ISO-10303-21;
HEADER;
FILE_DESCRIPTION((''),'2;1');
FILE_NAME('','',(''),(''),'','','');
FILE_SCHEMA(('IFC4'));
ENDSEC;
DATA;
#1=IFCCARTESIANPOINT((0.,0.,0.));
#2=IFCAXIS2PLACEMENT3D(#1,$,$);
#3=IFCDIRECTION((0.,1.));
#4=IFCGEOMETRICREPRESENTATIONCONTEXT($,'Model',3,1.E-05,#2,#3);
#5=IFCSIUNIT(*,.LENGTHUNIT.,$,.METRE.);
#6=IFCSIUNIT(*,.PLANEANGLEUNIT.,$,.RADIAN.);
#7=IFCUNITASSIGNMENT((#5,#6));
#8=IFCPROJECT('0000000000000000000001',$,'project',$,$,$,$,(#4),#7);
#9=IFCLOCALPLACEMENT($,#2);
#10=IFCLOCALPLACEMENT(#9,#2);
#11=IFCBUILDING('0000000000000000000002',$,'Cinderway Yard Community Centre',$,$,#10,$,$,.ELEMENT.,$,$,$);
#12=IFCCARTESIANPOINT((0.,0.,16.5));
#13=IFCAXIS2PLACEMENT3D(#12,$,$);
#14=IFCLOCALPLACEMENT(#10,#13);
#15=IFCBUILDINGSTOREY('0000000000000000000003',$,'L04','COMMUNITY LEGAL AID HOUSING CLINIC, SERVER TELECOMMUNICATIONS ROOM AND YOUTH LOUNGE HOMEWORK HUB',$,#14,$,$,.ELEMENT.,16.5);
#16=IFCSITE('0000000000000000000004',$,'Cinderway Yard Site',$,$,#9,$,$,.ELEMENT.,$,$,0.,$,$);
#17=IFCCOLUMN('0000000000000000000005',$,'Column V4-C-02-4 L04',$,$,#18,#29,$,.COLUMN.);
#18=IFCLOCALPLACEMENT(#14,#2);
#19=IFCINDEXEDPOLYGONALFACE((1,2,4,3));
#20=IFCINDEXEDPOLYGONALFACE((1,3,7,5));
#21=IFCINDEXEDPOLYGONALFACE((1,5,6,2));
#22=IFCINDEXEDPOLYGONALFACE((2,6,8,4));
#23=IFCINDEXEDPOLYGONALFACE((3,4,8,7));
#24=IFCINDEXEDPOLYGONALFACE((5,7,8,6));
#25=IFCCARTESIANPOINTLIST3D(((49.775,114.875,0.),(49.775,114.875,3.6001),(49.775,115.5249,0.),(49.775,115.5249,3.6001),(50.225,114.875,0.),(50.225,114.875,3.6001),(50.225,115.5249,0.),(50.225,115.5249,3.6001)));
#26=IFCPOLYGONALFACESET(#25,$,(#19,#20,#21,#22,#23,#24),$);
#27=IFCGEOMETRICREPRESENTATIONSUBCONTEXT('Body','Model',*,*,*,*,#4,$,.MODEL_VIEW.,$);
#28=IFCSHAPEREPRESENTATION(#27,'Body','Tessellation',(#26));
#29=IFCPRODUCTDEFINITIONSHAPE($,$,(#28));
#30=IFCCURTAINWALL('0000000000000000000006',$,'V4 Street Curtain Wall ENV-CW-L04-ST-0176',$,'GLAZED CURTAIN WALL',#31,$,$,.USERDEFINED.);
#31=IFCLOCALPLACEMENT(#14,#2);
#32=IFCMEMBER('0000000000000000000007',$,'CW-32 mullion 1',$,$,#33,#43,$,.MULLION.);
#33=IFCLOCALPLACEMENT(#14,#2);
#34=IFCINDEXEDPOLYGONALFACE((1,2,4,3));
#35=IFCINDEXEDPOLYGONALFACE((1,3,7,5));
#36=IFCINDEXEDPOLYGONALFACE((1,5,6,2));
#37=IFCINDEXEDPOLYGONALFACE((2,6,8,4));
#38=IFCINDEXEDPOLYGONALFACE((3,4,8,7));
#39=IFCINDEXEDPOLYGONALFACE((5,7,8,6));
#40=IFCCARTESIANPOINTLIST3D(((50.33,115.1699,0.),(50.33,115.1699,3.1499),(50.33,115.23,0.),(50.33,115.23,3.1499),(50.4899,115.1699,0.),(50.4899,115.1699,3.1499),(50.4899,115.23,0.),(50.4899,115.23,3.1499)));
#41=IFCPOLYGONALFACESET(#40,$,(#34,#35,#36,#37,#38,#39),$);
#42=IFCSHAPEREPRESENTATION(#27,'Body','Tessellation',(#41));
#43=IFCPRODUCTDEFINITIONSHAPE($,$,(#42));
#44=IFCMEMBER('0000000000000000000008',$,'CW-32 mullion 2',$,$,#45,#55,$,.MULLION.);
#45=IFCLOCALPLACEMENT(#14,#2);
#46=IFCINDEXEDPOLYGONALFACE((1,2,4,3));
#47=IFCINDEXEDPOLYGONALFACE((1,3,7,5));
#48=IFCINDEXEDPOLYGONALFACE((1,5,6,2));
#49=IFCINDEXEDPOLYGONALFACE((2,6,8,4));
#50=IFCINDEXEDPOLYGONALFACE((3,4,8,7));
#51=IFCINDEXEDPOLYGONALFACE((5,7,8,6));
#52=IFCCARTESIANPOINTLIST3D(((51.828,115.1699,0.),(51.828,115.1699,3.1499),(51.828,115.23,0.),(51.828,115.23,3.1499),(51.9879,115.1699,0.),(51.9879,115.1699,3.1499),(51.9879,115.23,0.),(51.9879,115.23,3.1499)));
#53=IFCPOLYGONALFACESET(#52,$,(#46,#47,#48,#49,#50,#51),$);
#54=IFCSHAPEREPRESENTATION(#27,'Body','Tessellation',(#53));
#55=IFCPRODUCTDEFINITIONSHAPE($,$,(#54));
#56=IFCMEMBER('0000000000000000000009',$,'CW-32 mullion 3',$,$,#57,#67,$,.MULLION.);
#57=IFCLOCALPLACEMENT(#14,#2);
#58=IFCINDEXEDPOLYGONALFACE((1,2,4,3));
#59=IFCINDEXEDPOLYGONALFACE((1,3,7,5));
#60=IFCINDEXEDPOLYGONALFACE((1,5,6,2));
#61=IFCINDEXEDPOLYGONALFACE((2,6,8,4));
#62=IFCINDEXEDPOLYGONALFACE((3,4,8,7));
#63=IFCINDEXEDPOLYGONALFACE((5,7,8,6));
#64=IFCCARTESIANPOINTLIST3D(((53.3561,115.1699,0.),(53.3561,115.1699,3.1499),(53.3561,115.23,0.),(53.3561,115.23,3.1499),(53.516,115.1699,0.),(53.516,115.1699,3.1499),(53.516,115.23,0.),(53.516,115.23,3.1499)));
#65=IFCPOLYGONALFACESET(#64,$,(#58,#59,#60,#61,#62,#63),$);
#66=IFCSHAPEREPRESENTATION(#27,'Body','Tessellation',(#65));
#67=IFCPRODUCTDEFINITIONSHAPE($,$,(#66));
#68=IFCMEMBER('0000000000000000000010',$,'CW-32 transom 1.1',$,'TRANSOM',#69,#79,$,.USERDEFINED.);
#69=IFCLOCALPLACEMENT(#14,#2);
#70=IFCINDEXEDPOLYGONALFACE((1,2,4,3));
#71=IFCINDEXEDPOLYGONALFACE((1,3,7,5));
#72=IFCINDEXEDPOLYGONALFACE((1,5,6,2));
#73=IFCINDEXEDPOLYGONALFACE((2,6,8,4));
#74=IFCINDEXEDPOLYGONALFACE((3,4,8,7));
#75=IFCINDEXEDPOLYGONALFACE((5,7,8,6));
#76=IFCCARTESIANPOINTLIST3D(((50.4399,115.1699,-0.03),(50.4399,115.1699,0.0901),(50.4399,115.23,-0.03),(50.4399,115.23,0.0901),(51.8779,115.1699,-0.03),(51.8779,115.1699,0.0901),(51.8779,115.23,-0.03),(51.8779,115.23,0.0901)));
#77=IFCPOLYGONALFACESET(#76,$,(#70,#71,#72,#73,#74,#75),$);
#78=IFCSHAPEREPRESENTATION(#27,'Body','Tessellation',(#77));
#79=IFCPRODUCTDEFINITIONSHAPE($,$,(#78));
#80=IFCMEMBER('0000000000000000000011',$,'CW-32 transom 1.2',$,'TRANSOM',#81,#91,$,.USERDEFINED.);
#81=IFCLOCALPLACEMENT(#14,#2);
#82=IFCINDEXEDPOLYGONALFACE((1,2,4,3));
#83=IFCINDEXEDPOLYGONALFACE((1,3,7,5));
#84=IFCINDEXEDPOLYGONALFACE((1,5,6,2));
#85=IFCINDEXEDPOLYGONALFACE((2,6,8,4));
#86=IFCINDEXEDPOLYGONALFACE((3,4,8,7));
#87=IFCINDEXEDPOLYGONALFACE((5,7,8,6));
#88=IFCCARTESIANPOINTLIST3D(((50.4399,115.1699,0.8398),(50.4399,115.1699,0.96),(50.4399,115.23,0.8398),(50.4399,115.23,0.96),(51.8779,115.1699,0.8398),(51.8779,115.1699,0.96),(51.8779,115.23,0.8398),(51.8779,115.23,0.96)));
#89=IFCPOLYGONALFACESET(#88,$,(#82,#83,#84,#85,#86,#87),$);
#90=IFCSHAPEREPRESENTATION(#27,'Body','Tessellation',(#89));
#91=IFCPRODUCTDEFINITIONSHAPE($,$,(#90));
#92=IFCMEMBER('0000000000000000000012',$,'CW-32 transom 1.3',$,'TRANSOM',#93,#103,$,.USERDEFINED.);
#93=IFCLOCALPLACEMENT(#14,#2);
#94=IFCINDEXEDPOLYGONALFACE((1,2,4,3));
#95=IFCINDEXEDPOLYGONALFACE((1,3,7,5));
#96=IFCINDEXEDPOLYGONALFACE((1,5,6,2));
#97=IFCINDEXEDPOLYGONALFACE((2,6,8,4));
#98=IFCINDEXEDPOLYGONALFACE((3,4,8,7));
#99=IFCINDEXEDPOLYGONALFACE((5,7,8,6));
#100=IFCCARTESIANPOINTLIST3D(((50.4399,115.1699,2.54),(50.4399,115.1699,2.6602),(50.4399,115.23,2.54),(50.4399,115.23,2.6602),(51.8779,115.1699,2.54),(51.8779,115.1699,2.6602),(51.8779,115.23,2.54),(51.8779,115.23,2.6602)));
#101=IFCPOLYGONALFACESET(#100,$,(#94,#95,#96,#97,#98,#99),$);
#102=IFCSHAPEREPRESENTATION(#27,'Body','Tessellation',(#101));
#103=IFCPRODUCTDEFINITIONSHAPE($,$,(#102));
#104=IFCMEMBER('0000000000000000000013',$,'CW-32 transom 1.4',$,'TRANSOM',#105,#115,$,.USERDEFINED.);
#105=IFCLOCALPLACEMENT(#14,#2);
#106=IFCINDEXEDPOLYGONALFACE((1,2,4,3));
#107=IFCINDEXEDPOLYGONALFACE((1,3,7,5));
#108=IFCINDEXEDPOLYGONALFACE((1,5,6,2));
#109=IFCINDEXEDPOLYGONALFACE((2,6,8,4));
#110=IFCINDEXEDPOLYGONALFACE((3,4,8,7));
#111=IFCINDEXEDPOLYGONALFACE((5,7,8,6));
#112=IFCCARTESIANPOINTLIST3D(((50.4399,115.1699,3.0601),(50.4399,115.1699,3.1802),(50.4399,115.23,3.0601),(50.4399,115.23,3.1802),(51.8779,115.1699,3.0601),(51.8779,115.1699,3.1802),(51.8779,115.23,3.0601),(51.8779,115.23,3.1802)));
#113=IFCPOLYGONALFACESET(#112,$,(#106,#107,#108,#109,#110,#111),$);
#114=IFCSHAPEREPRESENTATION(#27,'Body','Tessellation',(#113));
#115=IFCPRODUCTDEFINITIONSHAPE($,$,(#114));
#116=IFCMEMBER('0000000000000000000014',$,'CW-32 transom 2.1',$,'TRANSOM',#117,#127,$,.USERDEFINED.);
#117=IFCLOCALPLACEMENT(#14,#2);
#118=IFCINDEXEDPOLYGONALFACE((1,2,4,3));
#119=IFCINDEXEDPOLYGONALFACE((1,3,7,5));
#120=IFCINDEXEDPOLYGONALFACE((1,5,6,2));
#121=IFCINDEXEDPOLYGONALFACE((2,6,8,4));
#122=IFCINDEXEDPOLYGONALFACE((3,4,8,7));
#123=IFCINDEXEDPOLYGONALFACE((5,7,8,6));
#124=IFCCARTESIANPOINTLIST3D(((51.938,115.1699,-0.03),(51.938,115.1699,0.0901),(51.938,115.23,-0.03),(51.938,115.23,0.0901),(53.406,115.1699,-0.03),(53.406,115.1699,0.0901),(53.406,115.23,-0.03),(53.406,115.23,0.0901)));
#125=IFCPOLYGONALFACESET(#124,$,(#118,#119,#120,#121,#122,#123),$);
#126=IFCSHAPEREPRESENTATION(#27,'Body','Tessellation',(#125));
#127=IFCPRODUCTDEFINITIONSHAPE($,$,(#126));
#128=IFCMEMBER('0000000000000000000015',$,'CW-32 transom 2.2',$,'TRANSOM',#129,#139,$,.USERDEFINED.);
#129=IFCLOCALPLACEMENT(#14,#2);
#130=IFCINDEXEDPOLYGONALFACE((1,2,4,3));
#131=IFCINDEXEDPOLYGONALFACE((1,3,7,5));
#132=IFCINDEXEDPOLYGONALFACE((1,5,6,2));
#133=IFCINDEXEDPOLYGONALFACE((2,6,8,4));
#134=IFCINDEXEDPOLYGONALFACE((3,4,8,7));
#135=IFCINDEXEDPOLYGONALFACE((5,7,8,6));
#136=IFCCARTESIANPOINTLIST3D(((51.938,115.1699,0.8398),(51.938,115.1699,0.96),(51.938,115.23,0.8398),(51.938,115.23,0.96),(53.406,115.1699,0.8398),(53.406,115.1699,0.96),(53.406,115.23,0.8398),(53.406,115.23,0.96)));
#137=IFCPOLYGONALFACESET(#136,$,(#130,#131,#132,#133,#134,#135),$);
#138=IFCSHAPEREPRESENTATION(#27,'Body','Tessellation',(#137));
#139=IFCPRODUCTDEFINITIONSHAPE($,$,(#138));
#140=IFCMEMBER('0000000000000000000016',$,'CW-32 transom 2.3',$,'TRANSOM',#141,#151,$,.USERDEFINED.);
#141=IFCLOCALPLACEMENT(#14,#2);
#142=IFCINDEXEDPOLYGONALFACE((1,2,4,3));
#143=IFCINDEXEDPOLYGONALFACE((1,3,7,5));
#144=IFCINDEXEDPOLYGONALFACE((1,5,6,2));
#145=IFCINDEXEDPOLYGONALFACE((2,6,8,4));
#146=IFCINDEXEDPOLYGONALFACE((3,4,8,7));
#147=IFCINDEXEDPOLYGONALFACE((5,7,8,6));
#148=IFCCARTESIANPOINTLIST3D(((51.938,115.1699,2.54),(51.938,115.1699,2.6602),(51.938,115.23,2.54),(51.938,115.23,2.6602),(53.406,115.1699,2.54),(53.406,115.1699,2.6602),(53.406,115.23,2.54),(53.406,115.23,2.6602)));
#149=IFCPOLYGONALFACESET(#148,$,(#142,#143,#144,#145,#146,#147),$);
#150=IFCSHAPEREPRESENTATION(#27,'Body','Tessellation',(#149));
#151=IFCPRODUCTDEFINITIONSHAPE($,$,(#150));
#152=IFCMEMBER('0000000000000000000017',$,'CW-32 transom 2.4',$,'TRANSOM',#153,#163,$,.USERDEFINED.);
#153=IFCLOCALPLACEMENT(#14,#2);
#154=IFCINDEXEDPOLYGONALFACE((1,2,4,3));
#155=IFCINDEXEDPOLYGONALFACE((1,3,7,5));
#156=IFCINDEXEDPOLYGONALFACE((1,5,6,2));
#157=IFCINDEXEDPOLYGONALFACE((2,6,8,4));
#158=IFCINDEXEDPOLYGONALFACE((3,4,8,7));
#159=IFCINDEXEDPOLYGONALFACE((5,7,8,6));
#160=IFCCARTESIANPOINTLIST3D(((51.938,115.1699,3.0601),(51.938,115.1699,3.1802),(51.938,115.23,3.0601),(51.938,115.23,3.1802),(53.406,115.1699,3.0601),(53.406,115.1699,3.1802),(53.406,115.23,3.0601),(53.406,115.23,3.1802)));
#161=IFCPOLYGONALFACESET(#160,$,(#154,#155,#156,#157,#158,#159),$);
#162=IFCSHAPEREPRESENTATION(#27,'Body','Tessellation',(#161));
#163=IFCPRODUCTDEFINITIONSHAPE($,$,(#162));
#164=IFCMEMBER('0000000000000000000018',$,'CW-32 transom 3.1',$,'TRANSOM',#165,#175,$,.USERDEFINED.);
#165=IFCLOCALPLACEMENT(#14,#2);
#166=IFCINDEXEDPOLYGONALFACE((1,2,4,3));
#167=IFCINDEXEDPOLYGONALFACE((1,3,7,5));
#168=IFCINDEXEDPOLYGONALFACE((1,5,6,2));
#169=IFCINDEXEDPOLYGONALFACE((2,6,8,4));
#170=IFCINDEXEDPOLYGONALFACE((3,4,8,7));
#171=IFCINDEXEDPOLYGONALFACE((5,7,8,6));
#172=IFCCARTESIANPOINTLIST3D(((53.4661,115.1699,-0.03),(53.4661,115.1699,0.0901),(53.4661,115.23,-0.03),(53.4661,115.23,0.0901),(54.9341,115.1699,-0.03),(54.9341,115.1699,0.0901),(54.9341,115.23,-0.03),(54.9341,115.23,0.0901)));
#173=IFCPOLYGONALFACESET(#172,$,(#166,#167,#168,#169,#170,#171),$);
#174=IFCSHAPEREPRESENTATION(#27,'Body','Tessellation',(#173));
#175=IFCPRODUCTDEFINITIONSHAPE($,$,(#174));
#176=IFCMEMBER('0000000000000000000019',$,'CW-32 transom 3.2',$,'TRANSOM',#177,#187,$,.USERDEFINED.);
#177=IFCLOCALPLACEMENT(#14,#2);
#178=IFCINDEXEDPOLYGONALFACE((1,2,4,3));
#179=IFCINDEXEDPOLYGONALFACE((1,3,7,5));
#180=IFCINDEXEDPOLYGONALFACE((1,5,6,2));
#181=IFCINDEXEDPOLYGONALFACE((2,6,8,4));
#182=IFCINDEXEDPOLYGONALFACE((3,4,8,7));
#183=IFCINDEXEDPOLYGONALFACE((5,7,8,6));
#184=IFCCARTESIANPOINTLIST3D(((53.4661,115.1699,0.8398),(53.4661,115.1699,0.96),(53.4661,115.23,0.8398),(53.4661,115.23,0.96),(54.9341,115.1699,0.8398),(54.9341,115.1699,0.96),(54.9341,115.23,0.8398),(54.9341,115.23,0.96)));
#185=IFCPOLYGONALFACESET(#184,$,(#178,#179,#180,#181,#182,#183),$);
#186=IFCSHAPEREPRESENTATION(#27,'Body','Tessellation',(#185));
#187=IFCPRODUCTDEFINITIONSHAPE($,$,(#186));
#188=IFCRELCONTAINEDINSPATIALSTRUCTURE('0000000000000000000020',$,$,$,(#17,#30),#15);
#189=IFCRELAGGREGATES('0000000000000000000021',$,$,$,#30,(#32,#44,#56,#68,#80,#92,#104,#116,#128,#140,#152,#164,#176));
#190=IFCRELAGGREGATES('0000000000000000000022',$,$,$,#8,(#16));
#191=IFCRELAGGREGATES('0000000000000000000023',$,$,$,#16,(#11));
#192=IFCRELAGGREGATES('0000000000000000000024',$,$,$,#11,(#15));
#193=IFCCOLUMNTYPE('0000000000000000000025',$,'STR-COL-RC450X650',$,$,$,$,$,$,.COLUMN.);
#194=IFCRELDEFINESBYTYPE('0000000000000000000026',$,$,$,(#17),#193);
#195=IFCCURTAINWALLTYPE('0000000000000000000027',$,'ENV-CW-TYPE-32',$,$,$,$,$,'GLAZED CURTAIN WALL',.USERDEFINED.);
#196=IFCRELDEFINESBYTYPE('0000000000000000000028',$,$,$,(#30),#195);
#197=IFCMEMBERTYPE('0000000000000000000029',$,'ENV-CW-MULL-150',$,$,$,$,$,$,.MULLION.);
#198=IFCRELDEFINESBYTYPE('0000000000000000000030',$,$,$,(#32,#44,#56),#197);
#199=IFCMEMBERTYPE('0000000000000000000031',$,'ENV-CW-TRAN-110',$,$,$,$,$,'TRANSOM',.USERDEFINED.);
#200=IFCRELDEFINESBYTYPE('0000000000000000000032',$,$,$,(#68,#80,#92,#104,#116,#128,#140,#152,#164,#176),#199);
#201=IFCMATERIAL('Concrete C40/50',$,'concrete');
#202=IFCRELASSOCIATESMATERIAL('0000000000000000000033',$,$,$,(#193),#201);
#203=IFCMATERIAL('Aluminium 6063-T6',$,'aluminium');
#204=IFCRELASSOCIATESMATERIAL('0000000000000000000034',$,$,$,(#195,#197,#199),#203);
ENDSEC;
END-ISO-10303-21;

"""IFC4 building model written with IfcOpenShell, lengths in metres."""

from ifc_helpers import new_model, si_unit, direction, frame, origin, origin_2d, place, context, subcontext, project, spatial, rectangle, extrude, material, material_profile, profile_set, type_object, element, aggregate, save


model = new_model("IFC4")

# Units and contexts
model_context = context("Model", 3, precision=1e-05, world=origin(), true_north=direction((0.0, 1.0)))
body_context = subcontext(model_context, "Body", "Model", "MODEL_VIEW")
ifc_project = project(units=[si_unit("LENGTHUNIT", "METRE"), si_unit("PLANEANGLEUNIT", "RADIAN")], contexts=[model_context])

# Site, building, storey
site_placement = place(None, origin())
site = spatial("IfcSite", under=ifc_project, at=site_placement, Name="Cinderway Yard Site", CompositionType="ELEMENT", RefElevation=0.0)
building_placement = place(site_placement, origin())
building = spatial("IfcBuilding", under=site, at=building_placement, Name="Cinderway Yard Community Centre", CompositionType="ELEMENT")
storey_placement = place(building_placement, frame((0.0, 0.0, 16.5)))
storey = spatial("IfcBuildingStorey", under=building, at=storey_placement, Name="L04", Description="COMMUNITY LEGAL AID HOUSING CLINIC, SERVER TELECOMMUNICATIONS ROOM AND YOUTH LOUNGE HOMEWORK HUB", CompositionType="ELEMENT", Elevation=16.5)

# Column
ifc_material_1 = material(Name="Concrete C40/50", Category="concrete")
ifc_material_profile_1 = material_profile(ifc_material_1, rectangle(XDim=0.45, YDim=0.6499, at=origin_2d()), Name="Concrete C40/50")
ifc_profile_set_1 = profile_set([ifc_material_profile_1], Name="Concrete C40/50")
column_type = type_object("IfcColumnType", Name="STR-COL-RC450X650", PredefinedType="COLUMN", material=ifc_profile_set_1)
column_placement = place(storey_placement, frame((50.0, 115.2, 0.0), z_axis=(0.0, 0.0, 1.0), x_axis=(1.0, 0.0, 0.0)))
element("IfcColumn", 1, at=column_placement, inside=storey, type_object=column_type, Name="Column V4-C-02-4 L04", PredefinedType="COLUMN", context=body_context, shape_type="SweptSolid", body=[
    extrude(rectangle(XDim=0.45, YDim=0.6499, at=origin_2d()), origin(), (0.0, 0.0, 1.0), 3.6001),
])

# Curtain wall, members
ifc_material_2 = material(Name="Aluminium 6063-T6", Category="aluminium")
curtain_wall_type = type_object("IfcCurtainWallType", Name="ENV-CW-TYPE-32", ElementType="GLAZED CURTAIN WALL", PredefinedType="USERDEFINED", material=ifc_material_2)
curtain_wall_placement = place(storey_placement, origin())
curtain_wall = element("IfcCurtainWall", 2, at=curtain_wall_placement, inside=storey, type_object=curtain_wall_type, Name="V4 Street Curtain Wall ENV-CW-L04-ST-0176", ObjectType="GLAZED CURTAIN WALL", PredefinedType="USERDEFINED")
ifc_material_profile_2 = material_profile(ifc_material_2, rectangle(XDim=0.0601, YDim=0.1599, at=origin_2d()), Name="Aluminium 6063-T6")
ifc_profile_set_2 = profile_set([ifc_material_profile_2], Name="Aluminium 6063-T6")
member_type_1 = type_object("IfcMemberType", Name="ENV-CW-MULL-150", PredefinedType="MULLION", material=ifc_profile_set_2)
member_1_placement = place(storey_placement, frame((50.4099, 115.2, 0.0), z_axis=(0.0, 0.0, 1.0), x_axis=(0.0, 1.0, 0.0)))
member_1 = element("IfcMember", 3, at=member_1_placement, type_object=member_type_1, Name="CW-32 mullion 1", PredefinedType="MULLION", context=body_context, shape_type="SweptSolid", body=[
    extrude(rectangle(XDim=0.0601, YDim=0.1599, at=origin_2d()), origin(), (0.0, 0.0, 1.0), 3.1499),
])
member_2_placement = place(storey_placement, frame((51.908, 115.2, 0.0), z_axis=(0.0, 0.0, 1.0), x_axis=(0.0, 1.0, 0.0)))
member_2 = element("IfcMember", 4, at=member_2_placement, type_object=member_type_1, Name="CW-32 mullion 2", PredefinedType="MULLION", context=body_context, shape_type="SweptSolid", body=[
    extrude(rectangle(XDim=0.0601, YDim=0.1599, at=origin_2d()), origin(), (0.0, 0.0, 1.0), 3.1499),
])
member_3_placement = place(storey_placement, frame((53.436, 115.2, 0.0), z_axis=(0.0, 0.0, 1.0), x_axis=(0.0, 1.0, 0.0)))
member_3 = element("IfcMember", 5, at=member_3_placement, type_object=member_type_1, Name="CW-32 mullion 3", PredefinedType="MULLION", context=body_context, shape_type="SweptSolid", body=[
    extrude(rectangle(XDim=0.0601, YDim=0.1599, at=origin_2d()), origin(), (0.0, 0.0, 1.0), 3.1499),
])
ifc_material_profile_3 = material_profile(ifc_material_2, rectangle(XDim=0.0601, YDim=0.1201, at=origin_2d()), Name="Aluminium 6063-T6")
ifc_profile_set_3 = profile_set([ifc_material_profile_3], Name="Aluminium 6063-T6")
member_type_2 = type_object("IfcMemberType", Name="ENV-CW-TRAN-110", ElementType="TRANSOM", PredefinedType="USERDEFINED", material=ifc_profile_set_3)
member_4_placement = place(storey_placement, frame((50.4399, 115.2, 0.03), z_axis=(1.0, 0.0, 0.0), x_axis=(0.0, 1.0, 0.0)))
member_4 = element("IfcMember", 6, at=member_4_placement, type_object=member_type_2, Name="CW-32 transom 1.1", ObjectType="TRANSOM", PredefinedType="USERDEFINED", context=body_context, shape_type="SweptSolid", body=[
    extrude(rectangle(XDim=0.0601, YDim=0.1201, at=origin_2d()), origin(), (0.0, 0.0, 1.0), 1.438),
])
member_5_placement = place(storey_placement, frame((50.4399, 115.2, 0.8999), z_axis=(1.0, 0.0, 0.0), x_axis=(0.0, 1.0, 0.0)))
member_5 = element("IfcMember", 7, at=member_5_placement, type_object=member_type_2, Name="CW-32 transom 1.2", ObjectType="TRANSOM", PredefinedType="USERDEFINED", context=body_context, shape_type="SweptSolid", body=[
    extrude(rectangle(XDim=0.0601, YDim=0.1201, at=origin_2d()), origin(), (0.0, 0.0, 1.0), 1.438),
])
member_6_placement = place(storey_placement, frame((50.4399, 115.2, 2.6001), z_axis=(1.0, 0.0, 0.0), x_axis=(0.0, 1.0, 0.0)))
member_6 = element("IfcMember", 8, at=member_6_placement, type_object=member_type_2, Name="CW-32 transom 1.3", ObjectType="TRANSOM", PredefinedType="USERDEFINED", context=body_context, shape_type="SweptSolid", body=[
    extrude(rectangle(XDim=0.0601, YDim=0.1201, at=origin_2d()), origin(), (0.0, 0.0, 1.0), 1.438),
])
member_7_placement = place(storey_placement, frame((50.4399, 115.2, 3.1201), z_axis=(1.0, 0.0, 0.0), x_axis=(0.0, 1.0, 0.0)))
member_7 = element("IfcMember", 9, at=member_7_placement, type_object=member_type_2, Name="CW-32 transom 1.4", ObjectType="TRANSOM", PredefinedType="USERDEFINED", context=body_context, shape_type="SweptSolid", body=[
    extrude(rectangle(XDim=0.0601, YDim=0.1201, at=origin_2d()), origin(), (0.0, 0.0, 1.0), 1.438),
])
member_8_placement = place(storey_placement, frame((51.938, 115.2, 0.03), z_axis=(1.0, 0.0, 0.0), x_axis=(0.0, 1.0, 0.0)))
member_8 = element("IfcMember", 10, at=member_8_placement, type_object=member_type_2, Name="CW-32 transom 2.1", ObjectType="TRANSOM", PredefinedType="USERDEFINED", context=body_context, shape_type="SweptSolid", body=[
    extrude(rectangle(XDim=0.0601, YDim=0.1201, at=origin_2d()), origin(), (0.0, 0.0, 1.0), 1.468),
])
member_9_placement = place(storey_placement, frame((51.938, 115.2, 0.8999), z_axis=(1.0, 0.0, 0.0), x_axis=(0.0, 1.0, 0.0)))
member_9 = element("IfcMember", 11, at=member_9_placement, type_object=member_type_2, Name="CW-32 transom 2.2", ObjectType="TRANSOM", PredefinedType="USERDEFINED", context=body_context, shape_type="SweptSolid", body=[
    extrude(rectangle(XDim=0.0601, YDim=0.1201, at=origin_2d()), origin(), (0.0, 0.0, 1.0), 1.468),
])
member_10_placement = place(storey_placement, frame((51.938, 115.2, 2.6001), z_axis=(1.0, 0.0, 0.0), x_axis=(0.0, 1.0, 0.0)))
member_10 = element("IfcMember", 12, at=member_10_placement, type_object=member_type_2, Name="CW-32 transom 2.3", ObjectType="TRANSOM", PredefinedType="USERDEFINED", context=body_context, shape_type="SweptSolid", body=[
    extrude(rectangle(XDim=0.0601, YDim=0.1201, at=origin_2d()), origin(), (0.0, 0.0, 1.0), 1.468),
])
member_11_placement = place(storey_placement, frame((51.938, 115.2, 3.1201), z_axis=(1.0, 0.0, 0.0), x_axis=(0.0, 1.0, 0.0)))
member_11 = element("IfcMember", 13, at=member_11_placement, type_object=member_type_2, Name="CW-32 transom 2.4", ObjectType="TRANSOM", PredefinedType="USERDEFINED", context=body_context, shape_type="SweptSolid", body=[
    extrude(rectangle(XDim=0.0601, YDim=0.1201, at=origin_2d()), origin(), (0.0, 0.0, 1.0), 1.468),
])
member_12_placement = place(storey_placement, frame((53.4661, 115.2, 0.03), z_axis=(1.0, 0.0, 0.0), x_axis=(0.0, 1.0, 0.0)))
member_12 = element("IfcMember", 14, at=member_12_placement, type_object=member_type_2, Name="CW-32 transom 3.1", ObjectType="TRANSOM", PredefinedType="USERDEFINED", context=body_context, shape_type="SweptSolid", body=[
    extrude(rectangle(XDim=0.0601, YDim=0.1201, at=origin_2d()), origin(), (0.0, 0.0, 1.0), 1.468),
])
member_13_placement = place(storey_placement, frame((53.4661, 115.2, 0.8999), z_axis=(1.0, 0.0, 0.0), x_axis=(0.0, 1.0, 0.0)))
member_13 = element("IfcMember", 15, at=member_13_placement, type_object=member_type_2, Name="CW-32 transom 3.2", ObjectType="TRANSOM", PredefinedType="USERDEFINED", context=body_context, shape_type="SweptSolid", body=[
    extrude(rectangle(XDim=0.0601, YDim=0.1201, at=origin_2d()), origin(), (0.0, 0.0, 1.0), 1.468),
])

aggregate(curtain_wall, [member_1, member_2, member_3, member_4, member_5, member_6, member_7, member_8, member_9, member_10, member_11, member_12, member_13])

save(model, "model.ifc")
